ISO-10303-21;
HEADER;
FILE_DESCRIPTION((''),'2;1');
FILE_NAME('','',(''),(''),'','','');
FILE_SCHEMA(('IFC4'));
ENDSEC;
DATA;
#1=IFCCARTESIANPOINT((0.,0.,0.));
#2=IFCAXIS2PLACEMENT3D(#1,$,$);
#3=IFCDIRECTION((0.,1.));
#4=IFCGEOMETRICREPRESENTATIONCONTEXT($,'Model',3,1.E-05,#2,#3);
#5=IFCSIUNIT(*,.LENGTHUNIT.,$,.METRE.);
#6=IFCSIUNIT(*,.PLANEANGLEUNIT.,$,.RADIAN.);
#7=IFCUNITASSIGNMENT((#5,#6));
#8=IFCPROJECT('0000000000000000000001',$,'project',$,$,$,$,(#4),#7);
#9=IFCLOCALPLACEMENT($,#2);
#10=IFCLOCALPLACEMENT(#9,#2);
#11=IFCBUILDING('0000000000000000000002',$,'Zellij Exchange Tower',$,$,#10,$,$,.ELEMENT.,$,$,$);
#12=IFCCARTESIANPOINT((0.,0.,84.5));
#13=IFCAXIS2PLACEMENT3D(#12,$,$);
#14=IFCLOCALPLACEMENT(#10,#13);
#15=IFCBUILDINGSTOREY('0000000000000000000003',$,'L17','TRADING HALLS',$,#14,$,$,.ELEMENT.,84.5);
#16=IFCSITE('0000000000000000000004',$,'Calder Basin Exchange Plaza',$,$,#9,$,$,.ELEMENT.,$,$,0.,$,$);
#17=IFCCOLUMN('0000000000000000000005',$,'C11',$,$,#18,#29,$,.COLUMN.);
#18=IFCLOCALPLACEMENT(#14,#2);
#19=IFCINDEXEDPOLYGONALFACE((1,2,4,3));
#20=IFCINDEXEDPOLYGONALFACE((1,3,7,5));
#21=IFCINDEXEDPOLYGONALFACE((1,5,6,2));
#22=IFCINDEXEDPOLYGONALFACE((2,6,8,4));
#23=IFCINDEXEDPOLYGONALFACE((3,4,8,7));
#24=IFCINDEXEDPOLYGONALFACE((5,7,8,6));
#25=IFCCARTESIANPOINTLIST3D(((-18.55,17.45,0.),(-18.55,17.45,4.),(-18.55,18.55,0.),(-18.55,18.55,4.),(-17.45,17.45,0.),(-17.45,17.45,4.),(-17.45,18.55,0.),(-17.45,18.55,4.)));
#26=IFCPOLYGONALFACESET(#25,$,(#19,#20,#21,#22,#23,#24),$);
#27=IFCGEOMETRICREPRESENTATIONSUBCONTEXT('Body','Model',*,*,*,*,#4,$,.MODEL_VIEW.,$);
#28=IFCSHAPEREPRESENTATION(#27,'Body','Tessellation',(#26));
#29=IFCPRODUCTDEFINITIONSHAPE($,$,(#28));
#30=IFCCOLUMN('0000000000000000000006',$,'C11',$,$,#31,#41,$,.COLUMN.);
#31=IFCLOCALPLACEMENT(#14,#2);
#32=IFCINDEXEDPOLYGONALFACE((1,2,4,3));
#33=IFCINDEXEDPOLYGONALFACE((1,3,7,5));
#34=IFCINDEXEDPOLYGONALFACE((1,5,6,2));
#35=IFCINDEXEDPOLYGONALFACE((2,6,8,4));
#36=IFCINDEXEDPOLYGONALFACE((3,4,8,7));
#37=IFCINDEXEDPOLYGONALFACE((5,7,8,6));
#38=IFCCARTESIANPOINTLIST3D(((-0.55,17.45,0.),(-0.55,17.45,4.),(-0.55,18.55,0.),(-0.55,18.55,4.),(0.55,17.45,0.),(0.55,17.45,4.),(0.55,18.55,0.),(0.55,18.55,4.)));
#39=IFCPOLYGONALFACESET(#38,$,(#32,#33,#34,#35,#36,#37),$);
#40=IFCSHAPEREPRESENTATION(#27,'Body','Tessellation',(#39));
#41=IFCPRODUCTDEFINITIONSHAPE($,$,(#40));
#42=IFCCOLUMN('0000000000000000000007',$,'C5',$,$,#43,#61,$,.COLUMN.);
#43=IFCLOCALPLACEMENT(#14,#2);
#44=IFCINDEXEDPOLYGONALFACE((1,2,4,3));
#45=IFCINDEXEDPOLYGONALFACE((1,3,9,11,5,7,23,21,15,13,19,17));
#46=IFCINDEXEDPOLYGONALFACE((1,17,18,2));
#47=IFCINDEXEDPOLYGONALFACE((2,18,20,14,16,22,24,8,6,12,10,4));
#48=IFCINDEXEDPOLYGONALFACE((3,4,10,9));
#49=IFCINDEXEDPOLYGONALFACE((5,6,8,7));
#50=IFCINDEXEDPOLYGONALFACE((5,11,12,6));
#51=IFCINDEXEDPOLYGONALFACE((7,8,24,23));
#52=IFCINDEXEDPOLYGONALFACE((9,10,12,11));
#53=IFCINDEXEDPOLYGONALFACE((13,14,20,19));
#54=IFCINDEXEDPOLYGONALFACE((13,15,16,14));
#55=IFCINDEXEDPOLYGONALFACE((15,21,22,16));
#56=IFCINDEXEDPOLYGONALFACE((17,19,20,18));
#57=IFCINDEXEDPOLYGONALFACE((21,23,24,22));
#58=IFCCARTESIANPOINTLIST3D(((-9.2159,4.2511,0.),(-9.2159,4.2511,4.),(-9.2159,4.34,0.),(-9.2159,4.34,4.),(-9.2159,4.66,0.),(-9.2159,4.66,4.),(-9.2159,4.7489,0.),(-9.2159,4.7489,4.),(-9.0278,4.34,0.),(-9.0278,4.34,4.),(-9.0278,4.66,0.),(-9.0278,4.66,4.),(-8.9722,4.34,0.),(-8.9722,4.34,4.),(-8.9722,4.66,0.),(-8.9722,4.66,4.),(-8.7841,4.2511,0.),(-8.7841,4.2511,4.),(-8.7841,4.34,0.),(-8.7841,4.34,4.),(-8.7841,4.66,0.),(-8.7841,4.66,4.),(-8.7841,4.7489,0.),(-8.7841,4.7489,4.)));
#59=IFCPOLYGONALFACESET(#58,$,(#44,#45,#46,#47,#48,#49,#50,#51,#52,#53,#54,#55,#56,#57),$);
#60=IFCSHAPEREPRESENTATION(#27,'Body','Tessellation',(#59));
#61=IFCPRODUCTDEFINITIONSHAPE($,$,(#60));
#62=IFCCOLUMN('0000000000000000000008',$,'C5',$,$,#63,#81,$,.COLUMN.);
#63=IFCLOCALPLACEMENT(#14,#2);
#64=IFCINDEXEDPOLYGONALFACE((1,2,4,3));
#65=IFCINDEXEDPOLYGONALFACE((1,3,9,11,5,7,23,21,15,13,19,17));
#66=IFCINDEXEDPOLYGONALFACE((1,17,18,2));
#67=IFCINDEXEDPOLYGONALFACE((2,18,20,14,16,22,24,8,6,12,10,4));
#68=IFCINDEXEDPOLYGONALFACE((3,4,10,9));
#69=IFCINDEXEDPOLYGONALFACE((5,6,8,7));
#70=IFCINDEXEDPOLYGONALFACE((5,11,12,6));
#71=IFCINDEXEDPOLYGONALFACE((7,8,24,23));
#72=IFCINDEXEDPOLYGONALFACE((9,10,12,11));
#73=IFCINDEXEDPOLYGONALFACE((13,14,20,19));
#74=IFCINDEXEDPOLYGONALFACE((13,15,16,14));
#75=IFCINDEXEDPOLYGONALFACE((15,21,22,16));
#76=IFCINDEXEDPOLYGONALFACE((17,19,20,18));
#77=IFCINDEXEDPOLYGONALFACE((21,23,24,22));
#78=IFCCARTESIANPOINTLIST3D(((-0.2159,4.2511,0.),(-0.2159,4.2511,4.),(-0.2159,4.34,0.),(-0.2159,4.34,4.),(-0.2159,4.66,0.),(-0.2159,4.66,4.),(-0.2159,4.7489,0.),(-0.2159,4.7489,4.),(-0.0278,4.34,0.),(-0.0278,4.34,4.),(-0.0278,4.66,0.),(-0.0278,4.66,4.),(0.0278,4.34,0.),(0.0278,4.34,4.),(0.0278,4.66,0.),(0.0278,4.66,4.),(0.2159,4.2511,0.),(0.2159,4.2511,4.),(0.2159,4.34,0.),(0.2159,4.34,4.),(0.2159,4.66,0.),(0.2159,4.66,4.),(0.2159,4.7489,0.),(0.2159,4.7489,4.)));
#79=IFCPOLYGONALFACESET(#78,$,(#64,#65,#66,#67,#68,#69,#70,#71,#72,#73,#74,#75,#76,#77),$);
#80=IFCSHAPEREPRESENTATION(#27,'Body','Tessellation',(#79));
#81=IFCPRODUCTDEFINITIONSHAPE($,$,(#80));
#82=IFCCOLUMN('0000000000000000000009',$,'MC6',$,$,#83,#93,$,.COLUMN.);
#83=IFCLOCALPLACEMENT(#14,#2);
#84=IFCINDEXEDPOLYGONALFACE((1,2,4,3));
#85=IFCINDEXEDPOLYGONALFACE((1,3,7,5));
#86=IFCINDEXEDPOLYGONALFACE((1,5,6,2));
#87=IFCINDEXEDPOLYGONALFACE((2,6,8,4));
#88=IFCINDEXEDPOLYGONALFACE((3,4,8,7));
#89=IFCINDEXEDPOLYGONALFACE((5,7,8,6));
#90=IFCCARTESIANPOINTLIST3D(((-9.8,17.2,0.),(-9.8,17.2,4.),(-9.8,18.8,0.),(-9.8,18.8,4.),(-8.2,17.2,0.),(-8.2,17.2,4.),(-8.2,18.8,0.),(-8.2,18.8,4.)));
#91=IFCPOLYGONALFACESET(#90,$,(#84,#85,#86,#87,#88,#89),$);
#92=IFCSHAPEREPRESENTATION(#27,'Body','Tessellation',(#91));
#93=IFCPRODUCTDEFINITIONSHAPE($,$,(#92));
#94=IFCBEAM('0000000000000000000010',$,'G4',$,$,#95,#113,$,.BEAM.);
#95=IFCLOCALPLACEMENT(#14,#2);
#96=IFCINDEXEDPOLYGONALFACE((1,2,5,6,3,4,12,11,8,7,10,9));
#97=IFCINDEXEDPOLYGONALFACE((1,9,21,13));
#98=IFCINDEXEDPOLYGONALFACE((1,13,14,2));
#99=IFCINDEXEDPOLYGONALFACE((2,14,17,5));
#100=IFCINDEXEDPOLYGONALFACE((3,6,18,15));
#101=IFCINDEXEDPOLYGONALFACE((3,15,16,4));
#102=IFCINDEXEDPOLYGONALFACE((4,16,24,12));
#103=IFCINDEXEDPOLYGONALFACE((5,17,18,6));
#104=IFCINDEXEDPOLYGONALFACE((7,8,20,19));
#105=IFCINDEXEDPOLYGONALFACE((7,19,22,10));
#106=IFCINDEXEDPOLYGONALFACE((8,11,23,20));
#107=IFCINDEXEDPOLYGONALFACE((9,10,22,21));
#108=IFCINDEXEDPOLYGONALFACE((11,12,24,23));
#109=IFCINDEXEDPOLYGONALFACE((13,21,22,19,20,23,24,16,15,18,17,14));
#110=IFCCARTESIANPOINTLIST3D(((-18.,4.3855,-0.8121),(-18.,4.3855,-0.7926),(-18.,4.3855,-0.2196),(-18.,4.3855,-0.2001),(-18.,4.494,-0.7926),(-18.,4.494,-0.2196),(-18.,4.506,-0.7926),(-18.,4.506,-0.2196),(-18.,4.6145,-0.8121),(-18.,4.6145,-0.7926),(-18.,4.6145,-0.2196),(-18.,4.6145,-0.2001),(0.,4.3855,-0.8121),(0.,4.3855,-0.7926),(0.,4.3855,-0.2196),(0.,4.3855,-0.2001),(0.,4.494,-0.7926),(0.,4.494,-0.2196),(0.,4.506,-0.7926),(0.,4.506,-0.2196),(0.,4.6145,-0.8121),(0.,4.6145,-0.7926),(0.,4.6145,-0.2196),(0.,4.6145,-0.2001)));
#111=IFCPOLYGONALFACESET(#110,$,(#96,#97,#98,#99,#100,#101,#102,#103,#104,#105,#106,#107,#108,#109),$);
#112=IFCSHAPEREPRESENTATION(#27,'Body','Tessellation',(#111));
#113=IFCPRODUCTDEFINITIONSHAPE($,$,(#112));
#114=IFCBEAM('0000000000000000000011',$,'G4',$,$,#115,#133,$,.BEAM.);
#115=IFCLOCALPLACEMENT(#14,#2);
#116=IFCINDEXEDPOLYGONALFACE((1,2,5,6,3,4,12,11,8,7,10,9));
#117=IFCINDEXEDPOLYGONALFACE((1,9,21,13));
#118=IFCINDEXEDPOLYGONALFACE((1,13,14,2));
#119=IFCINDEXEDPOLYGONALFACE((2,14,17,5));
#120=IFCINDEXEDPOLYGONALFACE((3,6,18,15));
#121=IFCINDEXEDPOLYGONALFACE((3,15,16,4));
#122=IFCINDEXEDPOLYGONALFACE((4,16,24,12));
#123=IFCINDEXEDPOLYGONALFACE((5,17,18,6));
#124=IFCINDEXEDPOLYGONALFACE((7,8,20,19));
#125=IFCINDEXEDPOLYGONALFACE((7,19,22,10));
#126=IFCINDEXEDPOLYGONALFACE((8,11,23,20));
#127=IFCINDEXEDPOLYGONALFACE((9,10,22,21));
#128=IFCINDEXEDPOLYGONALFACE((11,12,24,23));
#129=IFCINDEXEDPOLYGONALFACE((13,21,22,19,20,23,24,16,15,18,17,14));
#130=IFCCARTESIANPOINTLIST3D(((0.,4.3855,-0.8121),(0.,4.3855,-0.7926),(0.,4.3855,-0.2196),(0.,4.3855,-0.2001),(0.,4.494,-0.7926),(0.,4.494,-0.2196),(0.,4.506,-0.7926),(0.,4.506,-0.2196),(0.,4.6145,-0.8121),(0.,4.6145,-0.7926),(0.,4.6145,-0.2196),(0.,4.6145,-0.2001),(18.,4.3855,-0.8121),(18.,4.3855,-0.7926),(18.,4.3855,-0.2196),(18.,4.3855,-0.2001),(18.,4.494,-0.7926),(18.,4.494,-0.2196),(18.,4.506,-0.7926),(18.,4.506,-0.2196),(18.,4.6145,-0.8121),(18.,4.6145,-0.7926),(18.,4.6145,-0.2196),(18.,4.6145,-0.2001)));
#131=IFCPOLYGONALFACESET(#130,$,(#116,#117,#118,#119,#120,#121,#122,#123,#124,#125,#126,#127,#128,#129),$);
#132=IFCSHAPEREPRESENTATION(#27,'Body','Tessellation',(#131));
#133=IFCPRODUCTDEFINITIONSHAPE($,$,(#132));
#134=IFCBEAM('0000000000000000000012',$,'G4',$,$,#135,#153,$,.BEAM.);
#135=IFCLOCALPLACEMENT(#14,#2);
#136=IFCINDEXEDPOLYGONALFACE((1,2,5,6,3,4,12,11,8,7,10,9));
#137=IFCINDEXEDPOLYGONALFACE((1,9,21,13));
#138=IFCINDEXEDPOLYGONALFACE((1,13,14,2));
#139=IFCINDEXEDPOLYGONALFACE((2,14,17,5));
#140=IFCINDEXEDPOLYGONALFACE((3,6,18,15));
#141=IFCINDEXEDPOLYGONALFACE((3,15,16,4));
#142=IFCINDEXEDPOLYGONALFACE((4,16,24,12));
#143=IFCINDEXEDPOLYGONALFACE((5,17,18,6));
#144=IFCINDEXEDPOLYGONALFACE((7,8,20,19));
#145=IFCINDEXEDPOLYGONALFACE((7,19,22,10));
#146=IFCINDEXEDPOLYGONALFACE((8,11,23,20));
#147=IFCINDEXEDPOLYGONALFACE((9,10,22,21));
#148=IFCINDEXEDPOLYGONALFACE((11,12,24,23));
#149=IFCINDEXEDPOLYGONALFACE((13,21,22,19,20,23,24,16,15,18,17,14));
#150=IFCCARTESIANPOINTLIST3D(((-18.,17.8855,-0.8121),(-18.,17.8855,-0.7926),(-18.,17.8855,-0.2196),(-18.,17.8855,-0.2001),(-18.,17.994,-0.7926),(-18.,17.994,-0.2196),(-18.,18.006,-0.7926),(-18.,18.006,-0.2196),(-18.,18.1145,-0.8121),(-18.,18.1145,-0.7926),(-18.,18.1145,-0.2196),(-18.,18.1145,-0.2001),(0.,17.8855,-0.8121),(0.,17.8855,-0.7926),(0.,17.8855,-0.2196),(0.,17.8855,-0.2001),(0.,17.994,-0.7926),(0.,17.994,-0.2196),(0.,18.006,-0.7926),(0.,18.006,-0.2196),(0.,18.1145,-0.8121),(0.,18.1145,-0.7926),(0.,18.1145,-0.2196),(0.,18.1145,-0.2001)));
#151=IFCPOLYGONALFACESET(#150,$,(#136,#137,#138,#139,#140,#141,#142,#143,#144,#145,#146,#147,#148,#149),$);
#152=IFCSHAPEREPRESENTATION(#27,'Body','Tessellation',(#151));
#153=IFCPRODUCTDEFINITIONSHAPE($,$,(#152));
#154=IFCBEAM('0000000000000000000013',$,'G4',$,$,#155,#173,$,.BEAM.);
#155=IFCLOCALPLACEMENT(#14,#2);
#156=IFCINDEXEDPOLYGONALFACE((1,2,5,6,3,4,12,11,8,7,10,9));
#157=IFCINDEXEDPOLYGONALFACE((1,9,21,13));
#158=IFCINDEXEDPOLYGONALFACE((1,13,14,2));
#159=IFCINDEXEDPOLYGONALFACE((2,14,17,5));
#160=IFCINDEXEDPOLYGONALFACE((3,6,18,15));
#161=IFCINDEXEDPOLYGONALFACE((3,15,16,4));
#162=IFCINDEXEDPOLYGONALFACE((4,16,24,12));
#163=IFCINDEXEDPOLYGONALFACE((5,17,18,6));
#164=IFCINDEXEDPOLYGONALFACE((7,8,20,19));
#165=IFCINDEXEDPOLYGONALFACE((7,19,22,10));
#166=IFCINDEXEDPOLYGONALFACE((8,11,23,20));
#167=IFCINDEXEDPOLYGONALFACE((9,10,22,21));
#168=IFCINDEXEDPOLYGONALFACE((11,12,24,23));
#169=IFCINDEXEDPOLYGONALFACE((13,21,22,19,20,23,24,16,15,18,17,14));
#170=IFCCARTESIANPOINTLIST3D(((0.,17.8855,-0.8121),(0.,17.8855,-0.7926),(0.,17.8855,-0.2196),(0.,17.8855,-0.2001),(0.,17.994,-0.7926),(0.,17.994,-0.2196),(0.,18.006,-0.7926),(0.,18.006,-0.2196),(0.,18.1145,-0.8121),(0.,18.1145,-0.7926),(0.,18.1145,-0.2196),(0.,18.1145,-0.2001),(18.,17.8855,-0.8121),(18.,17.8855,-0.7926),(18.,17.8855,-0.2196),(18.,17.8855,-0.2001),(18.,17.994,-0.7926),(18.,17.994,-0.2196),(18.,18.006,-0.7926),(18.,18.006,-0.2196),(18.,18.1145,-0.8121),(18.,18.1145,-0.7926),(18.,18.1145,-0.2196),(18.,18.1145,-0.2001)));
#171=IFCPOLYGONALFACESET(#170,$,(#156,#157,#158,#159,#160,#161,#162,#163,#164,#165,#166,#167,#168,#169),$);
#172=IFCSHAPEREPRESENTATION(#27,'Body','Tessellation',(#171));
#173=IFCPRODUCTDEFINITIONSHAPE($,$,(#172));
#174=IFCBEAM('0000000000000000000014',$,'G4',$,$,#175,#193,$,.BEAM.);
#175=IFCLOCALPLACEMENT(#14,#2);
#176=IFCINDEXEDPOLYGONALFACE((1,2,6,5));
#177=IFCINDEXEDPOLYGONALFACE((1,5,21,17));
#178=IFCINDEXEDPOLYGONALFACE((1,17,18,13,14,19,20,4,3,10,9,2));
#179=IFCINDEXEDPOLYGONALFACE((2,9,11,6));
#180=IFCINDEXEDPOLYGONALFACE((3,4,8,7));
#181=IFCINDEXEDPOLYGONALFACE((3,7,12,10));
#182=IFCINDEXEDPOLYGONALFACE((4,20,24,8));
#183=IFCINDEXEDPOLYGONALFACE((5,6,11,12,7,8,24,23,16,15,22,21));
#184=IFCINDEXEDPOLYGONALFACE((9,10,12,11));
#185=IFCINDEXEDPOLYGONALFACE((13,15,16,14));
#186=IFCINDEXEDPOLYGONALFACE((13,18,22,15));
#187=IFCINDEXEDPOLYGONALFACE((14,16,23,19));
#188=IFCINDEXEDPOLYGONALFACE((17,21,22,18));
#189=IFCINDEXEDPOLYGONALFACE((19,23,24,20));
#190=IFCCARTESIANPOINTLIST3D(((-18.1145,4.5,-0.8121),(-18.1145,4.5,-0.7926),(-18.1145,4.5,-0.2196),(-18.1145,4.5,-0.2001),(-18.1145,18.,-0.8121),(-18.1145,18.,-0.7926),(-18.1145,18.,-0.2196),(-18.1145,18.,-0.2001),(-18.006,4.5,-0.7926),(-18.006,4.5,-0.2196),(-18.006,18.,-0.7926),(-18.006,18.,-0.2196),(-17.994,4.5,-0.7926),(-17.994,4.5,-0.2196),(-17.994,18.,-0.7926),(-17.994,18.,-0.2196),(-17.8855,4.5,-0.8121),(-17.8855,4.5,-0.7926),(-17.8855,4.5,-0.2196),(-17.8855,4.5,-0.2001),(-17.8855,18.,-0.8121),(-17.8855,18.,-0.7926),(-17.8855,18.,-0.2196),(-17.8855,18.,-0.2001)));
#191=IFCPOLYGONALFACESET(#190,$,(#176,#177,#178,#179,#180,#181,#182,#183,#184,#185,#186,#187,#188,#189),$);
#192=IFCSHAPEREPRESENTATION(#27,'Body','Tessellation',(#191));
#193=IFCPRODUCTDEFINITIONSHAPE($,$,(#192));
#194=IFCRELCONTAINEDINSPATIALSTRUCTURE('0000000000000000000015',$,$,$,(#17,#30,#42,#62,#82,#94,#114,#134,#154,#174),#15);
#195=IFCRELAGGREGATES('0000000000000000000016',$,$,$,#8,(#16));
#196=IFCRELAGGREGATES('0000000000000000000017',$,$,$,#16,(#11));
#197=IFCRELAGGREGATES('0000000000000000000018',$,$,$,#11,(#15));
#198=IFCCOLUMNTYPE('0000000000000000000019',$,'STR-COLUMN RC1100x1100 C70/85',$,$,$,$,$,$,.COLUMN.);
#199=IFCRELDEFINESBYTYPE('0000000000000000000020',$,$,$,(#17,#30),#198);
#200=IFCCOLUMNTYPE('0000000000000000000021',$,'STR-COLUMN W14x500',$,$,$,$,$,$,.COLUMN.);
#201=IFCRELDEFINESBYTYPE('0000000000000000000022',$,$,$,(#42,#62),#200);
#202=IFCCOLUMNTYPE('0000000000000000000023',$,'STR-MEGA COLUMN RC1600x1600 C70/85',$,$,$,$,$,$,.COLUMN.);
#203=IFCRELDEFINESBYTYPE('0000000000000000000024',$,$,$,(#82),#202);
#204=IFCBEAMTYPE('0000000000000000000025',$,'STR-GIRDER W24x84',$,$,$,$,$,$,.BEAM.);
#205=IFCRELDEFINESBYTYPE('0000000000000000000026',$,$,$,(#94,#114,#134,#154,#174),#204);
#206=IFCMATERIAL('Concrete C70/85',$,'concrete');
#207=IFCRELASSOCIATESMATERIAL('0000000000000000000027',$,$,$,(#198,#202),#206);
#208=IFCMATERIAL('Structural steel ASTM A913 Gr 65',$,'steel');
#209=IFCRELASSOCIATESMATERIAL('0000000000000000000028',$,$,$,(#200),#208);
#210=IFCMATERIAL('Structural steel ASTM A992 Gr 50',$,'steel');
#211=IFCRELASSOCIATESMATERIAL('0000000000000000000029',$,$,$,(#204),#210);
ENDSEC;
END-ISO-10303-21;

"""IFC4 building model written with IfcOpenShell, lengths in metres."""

from ifc_helpers import new_model, si_unit, direction, frame, origin, origin_2d, place, context, subcontext, project, spatial, rectangle, i_section, extrude, material, material_profile, profile_set, type_object, element, save


model = new_model("IFC4")

# Units and contexts
model_context = context("Model", 3, precision=1e-05, world=origin(), true_north=direction((0.0, 1.0)))
body_context = subcontext(model_context, "Body", "Model", "MODEL_VIEW")
ifc_project = project(units=[si_unit("LENGTHUNIT", "METRE"), si_unit("PLANEANGLEUNIT", "RADIAN")], contexts=[model_context])

# Site, building, storey
site_placement = place(None, origin())
site = spatial("IfcSite", under=ifc_project, at=site_placement, Name="Calder Basin Exchange Plaza", CompositionType="ELEMENT", RefElevation=0.0)
building_placement = place(site_placement, origin())
building = spatial("IfcBuilding", under=site, at=building_placement, Name="Zellij Exchange Tower", CompositionType="ELEMENT")
storey_placement = place(building_placement, frame((0.0, 0.0, 84.5)))
storey = spatial("IfcBuildingStorey", under=building, at=storey_placement, Name="L17", Description="TRADING HALLS", CompositionType="ELEMENT", Elevation=84.5)

# Columns
ifc_material_1 = material(Name="Concrete C70/85", Category="concrete")
ifc_material_profile_1 = material_profile(ifc_material_1, rectangle(XDim=1.1001, YDim=1.1001, at=origin_2d()), Name="STR-COLUMN RC1100x1100 C70/85")
ifc_profile_set_1 = profile_set([ifc_material_profile_1], Name="Concrete C70/85")
column_type_1 = type_object("IfcColumnType", Name="STR-COLUMN RC1100x1100 C70/85", PredefinedType="COLUMN", material=ifc_profile_set_1)
for number, where, z_axis, x_axis, name in (
    (1, (-18.0, 18.0, 0.0), (0.0, 0.0, 1.0), (1.0, 0.0, 0.0), "C11"),
    (2, (0.0, 18.0, 0.0), (0.0, 0.0, 1.0), (1.0, 0.0, 0.0), "C11"),
):
    element("IfcColumn", number, at=place(storey_placement, frame(where, z_axis=z_axis, x_axis=x_axis)), inside=storey, type_object=column_type_1, Name=name, PredefinedType="COLUMN", context=body_context, shape_type="SweptSolid", body=[
        extrude(rectangle(XDim=1.1001, YDim=1.1001, at=origin_2d()), origin(), (0.0, 0.0, 1.0), 4.0),
    ])
ifc_material_2 = material(Name="Structural steel ASTM A913 Gr 65", Category="steel")
ifc_material_profile_2 = material_profile(ifc_material_2, i_section(OverallWidth=0.4319, OverallDepth=0.4978, WebThickness=0.0557, FlangeThickness=0.0889, at=origin_2d()), Name="W14x500")
ifc_profile_set_2 = profile_set([ifc_material_profile_2], Name="Structural steel ASTM A913 Gr 65")
column_type_2 = type_object("IfcColumnType", Name="STR-COLUMN W14x500", PredefinedType="COLUMN", material=ifc_profile_set_2)
for number, where, z_axis, x_axis, name in (
    (3, (-9.0, 4.5, 0.0), (0.0, 0.0, 1.0), (1.0, 0.0, 0.0), "C5"),
    (4, (0.0, 4.5, 0.0), (0.0, 0.0, 1.0), (1.0, 0.0, 0.0), "C5"),
):
    element("IfcColumn", number, at=place(storey_placement, frame(where, z_axis=z_axis, x_axis=x_axis)), inside=storey, type_object=column_type_2, Name=name, PredefinedType="COLUMN", context=body_context, shape_type="SweptSolid", body=[
        extrude(i_section(OverallWidth=0.4319, OverallDepth=0.4978, WebThickness=0.0557, FlangeThickness=0.0889, at=origin_2d()), origin(), (0.0, 0.0, 1.0), 4.0),
    ])
ifc_material_profile_3 = material_profile(ifc_material_1, rectangle(XDim=1.6001, YDim=1.6001, at=origin_2d()), Name="STR-MEGA COLUMN RC1600x1600 C70/85")
ifc_profile_set_3 = profile_set([ifc_material_profile_3], Name="Concrete C70/85")
column_type_3 = type_object("IfcColumnType", Name="STR-MEGA COLUMN RC1600x1600 C70/85", PredefinedType="COLUMN", material=ifc_profile_set_3)
column_placement = place(storey_placement, frame((-9.0, 18.0, 0.0), z_axis=(0.0, 0.0, 1.0), x_axis=(1.0, 0.0, 0.0)))
element("IfcColumn", 5, at=column_placement, inside=storey, type_object=column_type_3, Name="MC6", PredefinedType="COLUMN", context=body_context, shape_type="SweptSolid", body=[
    extrude(rectangle(XDim=1.6001, YDim=1.6001, at=origin_2d()), origin(), (0.0, 0.0, 1.0), 4.0),
])

# Beams
ifc_material_3 = material(Name="Structural steel ASTM A992 Gr 50", Category="steel")
ifc_material_profile_4 = material_profile(ifc_material_3, i_section(OverallWidth=0.229, OverallDepth=0.6121, WebThickness=0.012, FlangeThickness=0.0195, at=origin_2d()), Name="W24x84")
ifc_profile_set_4 = profile_set([ifc_material_profile_4], Name="Structural steel ASTM A992 Gr 50")
beam_type = type_object("IfcBeamType", Name="STR-GIRDER W24x84", PredefinedType="BEAM", material=ifc_profile_set_4)
for number, where, z_axis, x_axis, name in (
    (6, (-18.0, 4.5, -0.5061), (1.0, 0.0, 0.0), (0.0, 1.0, 0.0), "G4"),
    (7, (0.0, 4.5, -0.5061), (1.0, 0.0, 0.0), (0.0, 1.0, 0.0), "G4"),
    (8, (-18.0, 18.0, -0.5061), (1.0, 0.0, 0.0), (0.0, 1.0, 0.0), "G4"),
    (9, (0.0, 18.0, -0.5061), (1.0, 0.0, 0.0), (0.0, 1.0, 0.0), "G4"),
):
    element("IfcBeam", number, at=place(storey_placement, frame(where, z_axis=z_axis, x_axis=x_axis)), inside=storey, type_object=beam_type, Name=name, PredefinedType="BEAM", context=body_context, shape_type="SweptSolid", body=[
        extrude(i_section(OverallWidth=0.229, OverallDepth=0.6121, WebThickness=0.012, FlangeThickness=0.0195, at=origin_2d()), origin(), (0.0, 0.0, 1.0), 18.0),
    ])
for number, where, z_axis, x_axis, name in (
    (10, (-18.0, 4.5, -0.5061), (0.0, 1.0, 0.0), (-1.0, 0.0, 0.0), "G4"),
):
    element("IfcBeam", number, at=place(storey_placement, frame(where, z_axis=z_axis, x_axis=x_axis)), inside=storey, type_object=beam_type, Name=name, PredefinedType="BEAM", context=body_context, shape_type="SweptSolid", body=[
        extrude(i_section(OverallWidth=0.229, OverallDepth=0.6121, WebThickness=0.012, FlangeThickness=0.0195, at=origin_2d()), origin(), (0.0, 0.0, 1.0), 13.5),
    ])

save(model, "model.ifc")
